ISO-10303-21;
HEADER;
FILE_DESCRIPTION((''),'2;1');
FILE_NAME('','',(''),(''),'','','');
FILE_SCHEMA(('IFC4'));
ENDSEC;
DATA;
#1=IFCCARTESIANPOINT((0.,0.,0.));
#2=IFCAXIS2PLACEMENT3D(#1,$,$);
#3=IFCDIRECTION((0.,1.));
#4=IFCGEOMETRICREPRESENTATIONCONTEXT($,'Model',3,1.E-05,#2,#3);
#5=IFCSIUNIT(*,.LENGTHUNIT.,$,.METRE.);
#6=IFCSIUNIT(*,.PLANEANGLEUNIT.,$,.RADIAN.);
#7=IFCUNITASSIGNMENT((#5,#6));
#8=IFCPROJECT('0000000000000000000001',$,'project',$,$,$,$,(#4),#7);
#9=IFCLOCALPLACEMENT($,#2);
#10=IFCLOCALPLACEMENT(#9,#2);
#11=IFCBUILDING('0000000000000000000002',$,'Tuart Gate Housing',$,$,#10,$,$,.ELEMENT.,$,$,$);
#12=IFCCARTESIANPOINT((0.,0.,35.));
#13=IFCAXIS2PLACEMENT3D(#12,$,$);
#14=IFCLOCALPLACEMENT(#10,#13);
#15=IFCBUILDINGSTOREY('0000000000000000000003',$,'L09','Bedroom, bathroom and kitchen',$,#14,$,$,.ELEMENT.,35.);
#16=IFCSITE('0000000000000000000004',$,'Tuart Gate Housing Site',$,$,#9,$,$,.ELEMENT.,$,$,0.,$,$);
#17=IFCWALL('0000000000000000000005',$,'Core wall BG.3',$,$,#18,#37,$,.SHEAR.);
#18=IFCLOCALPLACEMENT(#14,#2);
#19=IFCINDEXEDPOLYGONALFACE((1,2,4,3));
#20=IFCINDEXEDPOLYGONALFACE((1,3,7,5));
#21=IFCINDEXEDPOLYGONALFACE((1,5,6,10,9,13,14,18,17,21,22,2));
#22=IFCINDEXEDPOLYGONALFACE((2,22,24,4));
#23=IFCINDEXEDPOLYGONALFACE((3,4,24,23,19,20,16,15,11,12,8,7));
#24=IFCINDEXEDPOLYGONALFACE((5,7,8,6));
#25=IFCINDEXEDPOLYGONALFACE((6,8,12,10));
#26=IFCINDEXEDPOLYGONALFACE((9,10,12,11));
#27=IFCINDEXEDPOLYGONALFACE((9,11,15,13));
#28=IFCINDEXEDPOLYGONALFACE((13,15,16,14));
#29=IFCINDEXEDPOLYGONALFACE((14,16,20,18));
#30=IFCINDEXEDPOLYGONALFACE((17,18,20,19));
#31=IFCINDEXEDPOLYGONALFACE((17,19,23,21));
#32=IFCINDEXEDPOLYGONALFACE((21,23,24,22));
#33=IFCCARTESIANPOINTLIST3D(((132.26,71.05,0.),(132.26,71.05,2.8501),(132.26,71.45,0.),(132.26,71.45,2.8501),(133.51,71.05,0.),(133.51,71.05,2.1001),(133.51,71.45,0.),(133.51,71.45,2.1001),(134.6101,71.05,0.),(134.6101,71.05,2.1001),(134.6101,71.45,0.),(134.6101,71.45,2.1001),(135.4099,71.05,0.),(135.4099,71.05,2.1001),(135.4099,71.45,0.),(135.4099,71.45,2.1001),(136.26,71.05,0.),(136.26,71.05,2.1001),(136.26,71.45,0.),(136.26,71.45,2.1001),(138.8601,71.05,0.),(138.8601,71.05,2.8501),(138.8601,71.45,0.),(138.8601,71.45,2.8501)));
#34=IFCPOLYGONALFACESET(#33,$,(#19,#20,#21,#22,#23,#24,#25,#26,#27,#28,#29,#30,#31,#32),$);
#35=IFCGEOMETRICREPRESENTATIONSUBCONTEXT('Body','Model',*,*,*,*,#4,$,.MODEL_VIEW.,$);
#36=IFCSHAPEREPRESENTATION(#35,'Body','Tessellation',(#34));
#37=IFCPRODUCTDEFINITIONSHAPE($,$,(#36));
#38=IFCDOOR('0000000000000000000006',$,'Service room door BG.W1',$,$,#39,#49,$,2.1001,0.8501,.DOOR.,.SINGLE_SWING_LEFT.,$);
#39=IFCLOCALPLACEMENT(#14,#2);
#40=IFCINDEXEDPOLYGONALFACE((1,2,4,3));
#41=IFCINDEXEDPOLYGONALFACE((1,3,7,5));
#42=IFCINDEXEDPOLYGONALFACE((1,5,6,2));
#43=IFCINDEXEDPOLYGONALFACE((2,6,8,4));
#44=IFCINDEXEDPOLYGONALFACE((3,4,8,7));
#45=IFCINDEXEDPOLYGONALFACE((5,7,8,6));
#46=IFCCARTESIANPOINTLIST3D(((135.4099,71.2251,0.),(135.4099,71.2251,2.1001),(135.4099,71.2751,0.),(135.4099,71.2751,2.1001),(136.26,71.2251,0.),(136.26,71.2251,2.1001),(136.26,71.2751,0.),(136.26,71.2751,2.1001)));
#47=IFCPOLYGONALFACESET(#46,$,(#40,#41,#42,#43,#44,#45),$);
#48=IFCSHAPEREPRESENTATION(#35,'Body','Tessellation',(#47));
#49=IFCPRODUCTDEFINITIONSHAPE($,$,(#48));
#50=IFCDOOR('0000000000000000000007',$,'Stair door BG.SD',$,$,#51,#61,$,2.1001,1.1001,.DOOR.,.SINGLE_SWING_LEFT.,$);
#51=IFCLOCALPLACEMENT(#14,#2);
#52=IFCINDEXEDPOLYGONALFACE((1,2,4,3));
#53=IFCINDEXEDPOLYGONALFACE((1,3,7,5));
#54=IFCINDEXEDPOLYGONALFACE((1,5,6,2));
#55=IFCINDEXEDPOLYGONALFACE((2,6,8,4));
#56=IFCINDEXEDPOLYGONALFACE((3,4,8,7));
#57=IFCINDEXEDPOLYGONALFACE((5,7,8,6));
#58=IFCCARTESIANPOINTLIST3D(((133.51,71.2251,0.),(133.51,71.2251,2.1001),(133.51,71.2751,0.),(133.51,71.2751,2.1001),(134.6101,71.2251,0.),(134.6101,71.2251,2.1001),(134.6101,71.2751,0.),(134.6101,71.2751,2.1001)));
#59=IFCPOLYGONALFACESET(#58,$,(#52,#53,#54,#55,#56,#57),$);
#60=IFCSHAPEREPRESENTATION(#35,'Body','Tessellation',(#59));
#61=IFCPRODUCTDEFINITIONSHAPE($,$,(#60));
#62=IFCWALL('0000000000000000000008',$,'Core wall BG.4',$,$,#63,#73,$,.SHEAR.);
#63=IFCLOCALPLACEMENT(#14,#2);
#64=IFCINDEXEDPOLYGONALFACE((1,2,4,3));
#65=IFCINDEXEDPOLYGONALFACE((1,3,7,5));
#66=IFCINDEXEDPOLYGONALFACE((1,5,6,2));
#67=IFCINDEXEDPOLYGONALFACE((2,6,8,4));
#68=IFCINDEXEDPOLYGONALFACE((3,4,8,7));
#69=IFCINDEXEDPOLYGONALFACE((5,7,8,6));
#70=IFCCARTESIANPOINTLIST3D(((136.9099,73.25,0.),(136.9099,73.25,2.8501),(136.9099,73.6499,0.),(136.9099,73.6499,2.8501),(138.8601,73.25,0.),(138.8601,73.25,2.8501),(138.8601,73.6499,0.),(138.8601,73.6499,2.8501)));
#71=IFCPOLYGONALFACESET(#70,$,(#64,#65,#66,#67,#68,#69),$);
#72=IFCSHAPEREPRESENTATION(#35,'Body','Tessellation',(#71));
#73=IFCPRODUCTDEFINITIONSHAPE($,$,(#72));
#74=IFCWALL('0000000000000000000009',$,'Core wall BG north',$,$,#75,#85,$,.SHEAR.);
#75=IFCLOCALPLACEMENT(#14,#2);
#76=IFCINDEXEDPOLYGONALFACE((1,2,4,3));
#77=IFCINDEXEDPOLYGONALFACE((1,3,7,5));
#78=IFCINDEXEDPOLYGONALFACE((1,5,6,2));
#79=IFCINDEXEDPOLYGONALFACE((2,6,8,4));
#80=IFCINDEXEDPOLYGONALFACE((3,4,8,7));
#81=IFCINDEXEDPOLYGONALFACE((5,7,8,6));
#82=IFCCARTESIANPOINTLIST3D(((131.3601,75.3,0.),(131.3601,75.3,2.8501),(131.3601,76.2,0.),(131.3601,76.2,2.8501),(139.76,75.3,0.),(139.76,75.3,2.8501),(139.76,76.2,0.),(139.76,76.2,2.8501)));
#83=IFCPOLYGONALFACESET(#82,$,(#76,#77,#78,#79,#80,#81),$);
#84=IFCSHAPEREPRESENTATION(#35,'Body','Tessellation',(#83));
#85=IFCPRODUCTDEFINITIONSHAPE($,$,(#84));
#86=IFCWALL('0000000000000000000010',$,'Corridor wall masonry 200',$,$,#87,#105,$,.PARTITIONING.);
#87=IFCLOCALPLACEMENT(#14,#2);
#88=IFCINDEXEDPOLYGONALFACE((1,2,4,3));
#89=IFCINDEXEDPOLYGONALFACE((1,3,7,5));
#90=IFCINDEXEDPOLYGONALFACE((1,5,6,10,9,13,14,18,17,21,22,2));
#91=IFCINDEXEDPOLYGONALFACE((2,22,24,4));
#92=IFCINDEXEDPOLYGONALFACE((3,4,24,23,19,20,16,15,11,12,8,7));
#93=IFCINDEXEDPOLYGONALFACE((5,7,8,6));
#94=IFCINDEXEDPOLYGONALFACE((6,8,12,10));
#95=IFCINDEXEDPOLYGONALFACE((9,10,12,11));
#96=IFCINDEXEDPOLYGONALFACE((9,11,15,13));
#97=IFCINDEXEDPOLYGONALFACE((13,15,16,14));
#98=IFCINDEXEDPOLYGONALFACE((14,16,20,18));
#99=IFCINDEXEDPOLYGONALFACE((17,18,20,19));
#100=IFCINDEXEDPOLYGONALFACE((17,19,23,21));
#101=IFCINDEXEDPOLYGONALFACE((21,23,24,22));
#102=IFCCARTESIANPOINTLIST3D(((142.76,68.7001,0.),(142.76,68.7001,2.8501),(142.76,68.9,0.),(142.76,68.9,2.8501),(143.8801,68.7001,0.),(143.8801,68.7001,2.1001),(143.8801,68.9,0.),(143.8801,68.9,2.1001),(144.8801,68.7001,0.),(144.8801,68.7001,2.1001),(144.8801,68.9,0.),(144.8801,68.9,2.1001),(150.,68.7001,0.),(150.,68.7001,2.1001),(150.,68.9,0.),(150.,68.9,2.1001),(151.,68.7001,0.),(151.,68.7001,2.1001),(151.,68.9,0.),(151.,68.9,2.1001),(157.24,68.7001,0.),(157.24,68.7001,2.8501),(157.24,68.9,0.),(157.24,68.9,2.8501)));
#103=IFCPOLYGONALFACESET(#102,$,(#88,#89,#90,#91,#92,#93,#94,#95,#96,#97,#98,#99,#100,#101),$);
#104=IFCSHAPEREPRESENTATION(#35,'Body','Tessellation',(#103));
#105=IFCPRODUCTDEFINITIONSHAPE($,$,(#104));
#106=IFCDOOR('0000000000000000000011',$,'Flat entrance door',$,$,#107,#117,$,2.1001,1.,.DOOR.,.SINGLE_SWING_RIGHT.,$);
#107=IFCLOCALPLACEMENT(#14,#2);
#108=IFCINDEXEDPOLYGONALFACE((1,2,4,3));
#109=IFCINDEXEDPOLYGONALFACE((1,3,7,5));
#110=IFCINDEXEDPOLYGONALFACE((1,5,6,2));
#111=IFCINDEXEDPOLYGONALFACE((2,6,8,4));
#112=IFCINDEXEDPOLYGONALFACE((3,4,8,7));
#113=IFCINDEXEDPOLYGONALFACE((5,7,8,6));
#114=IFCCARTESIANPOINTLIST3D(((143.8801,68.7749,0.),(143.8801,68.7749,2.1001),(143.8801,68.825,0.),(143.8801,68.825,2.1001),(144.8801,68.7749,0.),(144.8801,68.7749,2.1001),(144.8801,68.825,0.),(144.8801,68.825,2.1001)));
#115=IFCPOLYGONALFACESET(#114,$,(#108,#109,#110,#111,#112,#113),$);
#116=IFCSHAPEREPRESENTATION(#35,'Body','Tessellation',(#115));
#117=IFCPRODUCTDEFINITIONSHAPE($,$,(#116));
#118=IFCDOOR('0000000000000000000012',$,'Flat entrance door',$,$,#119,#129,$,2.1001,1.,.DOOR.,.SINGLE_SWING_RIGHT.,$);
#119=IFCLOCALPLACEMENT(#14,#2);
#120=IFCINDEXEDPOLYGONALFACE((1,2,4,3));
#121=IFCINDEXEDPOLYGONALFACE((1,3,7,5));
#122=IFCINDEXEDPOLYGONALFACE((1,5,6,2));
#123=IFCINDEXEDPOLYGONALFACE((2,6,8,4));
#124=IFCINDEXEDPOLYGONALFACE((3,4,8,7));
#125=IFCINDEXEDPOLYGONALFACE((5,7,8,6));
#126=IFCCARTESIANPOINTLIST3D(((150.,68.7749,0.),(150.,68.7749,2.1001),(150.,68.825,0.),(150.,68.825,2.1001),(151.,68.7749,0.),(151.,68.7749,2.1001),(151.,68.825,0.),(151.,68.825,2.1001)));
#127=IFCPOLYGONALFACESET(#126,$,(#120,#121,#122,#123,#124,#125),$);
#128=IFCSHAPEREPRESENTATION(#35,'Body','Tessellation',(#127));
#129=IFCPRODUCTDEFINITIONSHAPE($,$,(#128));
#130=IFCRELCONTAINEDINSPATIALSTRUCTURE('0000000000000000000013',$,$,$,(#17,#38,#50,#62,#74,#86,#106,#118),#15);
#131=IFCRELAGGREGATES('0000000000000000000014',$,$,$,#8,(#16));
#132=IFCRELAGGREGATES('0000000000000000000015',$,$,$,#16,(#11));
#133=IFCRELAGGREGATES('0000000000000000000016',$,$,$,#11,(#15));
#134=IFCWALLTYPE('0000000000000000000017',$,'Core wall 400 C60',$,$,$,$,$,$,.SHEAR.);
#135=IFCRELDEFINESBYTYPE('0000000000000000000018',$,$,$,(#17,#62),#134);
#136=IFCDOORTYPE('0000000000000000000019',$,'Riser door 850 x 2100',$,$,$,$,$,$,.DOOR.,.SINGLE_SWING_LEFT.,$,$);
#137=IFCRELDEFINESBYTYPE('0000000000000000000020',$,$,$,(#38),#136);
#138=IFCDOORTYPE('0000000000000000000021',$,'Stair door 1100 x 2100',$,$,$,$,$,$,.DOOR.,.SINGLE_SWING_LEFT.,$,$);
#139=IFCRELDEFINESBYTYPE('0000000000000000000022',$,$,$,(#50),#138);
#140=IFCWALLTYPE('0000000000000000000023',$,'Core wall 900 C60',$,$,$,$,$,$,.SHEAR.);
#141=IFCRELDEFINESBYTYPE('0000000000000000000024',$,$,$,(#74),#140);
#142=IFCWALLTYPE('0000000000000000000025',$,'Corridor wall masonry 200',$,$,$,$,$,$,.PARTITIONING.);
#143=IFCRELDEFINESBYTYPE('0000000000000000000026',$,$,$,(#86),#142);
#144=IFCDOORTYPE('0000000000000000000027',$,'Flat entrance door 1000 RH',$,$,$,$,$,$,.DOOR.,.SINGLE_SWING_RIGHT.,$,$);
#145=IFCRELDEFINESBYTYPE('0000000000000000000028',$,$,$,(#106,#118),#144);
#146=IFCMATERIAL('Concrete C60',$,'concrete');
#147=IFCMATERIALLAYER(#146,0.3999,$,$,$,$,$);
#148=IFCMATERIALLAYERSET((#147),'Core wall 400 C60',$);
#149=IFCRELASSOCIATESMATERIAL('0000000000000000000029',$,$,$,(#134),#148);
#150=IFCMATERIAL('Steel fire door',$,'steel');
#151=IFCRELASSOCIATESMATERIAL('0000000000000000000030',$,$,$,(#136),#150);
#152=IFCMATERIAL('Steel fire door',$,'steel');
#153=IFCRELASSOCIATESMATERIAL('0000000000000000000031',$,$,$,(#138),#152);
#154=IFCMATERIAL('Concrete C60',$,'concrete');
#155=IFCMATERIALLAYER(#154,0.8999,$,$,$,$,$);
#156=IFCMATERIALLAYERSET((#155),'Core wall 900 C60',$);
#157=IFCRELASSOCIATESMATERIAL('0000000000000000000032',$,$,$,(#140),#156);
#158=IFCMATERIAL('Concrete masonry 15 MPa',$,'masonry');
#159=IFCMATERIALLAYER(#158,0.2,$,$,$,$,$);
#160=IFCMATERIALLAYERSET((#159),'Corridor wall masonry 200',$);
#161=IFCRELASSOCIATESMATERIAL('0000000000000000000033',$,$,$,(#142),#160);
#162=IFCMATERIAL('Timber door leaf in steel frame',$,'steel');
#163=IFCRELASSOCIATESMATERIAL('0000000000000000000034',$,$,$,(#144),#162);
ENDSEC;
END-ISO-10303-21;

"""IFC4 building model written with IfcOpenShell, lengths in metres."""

from ifc_helpers import new_model, si_unit, direction, frame, frame_2d, origin, place, context, subcontext, project, spatial, rectangle, extrude, material, layer, layer_set, type_object, element, fill, save


model = new_model("IFC4")

# Units and contexts
model_context = context("Model", 3, precision=1e-05, world=origin(), true_north=direction((0.0, 1.0)))
body_context = subcontext(model_context, "Body", "Model", "MODEL_VIEW")
ifc_project = project(units=[si_unit("LENGTHUNIT", "METRE"), si_unit("PLANEANGLEUNIT", "RADIAN")], contexts=[model_context])

# Site, building, storey
site_placement = place(None, origin())
site = spatial("IfcSite", under=ifc_project, at=site_placement, Name="Tuart Gate Housing Site", CompositionType="ELEMENT", RefElevation=0.0)
building_placement = place(site_placement, origin())
building = spatial("IfcBuilding", under=site, at=building_placement, Name="Tuart Gate Housing", CompositionType="ELEMENT")
storey_placement = place(building_placement, frame((0.0, 0.0, 35.0)))
storey = spatial("IfcBuildingStorey", under=building, at=storey_placement, Name="L09", Description="Bedroom, bathroom and kitchen", CompositionType="ELEMENT", Elevation=35.0)

# Wall, openings, doors
ifc_material_1 = material(Name="Concrete C60", Category="concrete")
ifc_layer_1 = layer(ifc_material_1, 0.3999)
ifc_layer_set_1 = layer_set([ifc_layer_1], Name="Core wall 400 C60")
wall_type_1 = type_object("IfcWallType", Name="Core wall 400 C60", PredefinedType="SHEAR", material=ifc_layer_set_1)
wall_1_placement = place(storey_placement, frame((138.8601, 71.25, 0.0), z_axis=(0.0, 0.0, 1.0), x_axis=(-1.0, 0.0, 0.0)))
wall_1 = element("IfcWall", 1, at=wall_1_placement, inside=storey, type_object=wall_type_1, Name="Core wall BG.3", PredefinedType="SHEAR", context=body_context, shape_type="SweptSolid", body=[
    extrude(rectangle(XDim=6.6001, YDim=0.3999, at=frame_2d((3.3, 0.0))), origin(), (0.0, 0.0, 1.0), 2.8501),
])
opening_1_placement = place(wall_1_placement, frame((4.25, 0.0, 0.0)))
opening_1 = element("IfcOpeningElement", 2, at=opening_1_placement, cuts=wall_1, PredefinedType="OPENING", context=body_context, shape_type="SweptSolid", body=[
    extrude(rectangle(XDim=1.1001, YDim=2.1001, at=frame_2d((0.55, 1.05))), frame((0.0, 0.21, 0.0), z_axis=(0.0, -1.0, 0.0), x_axis=(1.0, 0.0, 0.0)), (0.0, 0.0, 1.0), 0.4199),
])
opening_2_placement = place(wall_1_placement, frame((2.6001, 0.0, 0.0)))
opening_2 = element("IfcOpeningElement", 3, at=opening_2_placement, cuts=wall_1, PredefinedType="OPENING", context=body_context, shape_type="SweptSolid", body=[
    extrude(rectangle(XDim=0.8501, YDim=2.1001, at=frame_2d((0.425, 1.05))), frame((0.0, 0.21, 0.0), z_axis=(0.0, -1.0, 0.0), x_axis=(1.0, 0.0, 0.0)), (0.0, 0.0, 1.0), 0.4199),
])
ifc_material_2 = material(Name="Steel fire door", Category="steel")
door_type_1 = type_object("IfcDoorType", Name="Riser door 850 x 2100", OperationType="SINGLE_SWING_LEFT", PredefinedType="DOOR", material=ifc_material_2)
door_1_placement = place(opening_2_placement, origin())
door_1 = element("IfcDoor", 4, at=door_1_placement, inside=storey, type_object=door_type_1, Name="Service room door BG.W1", OperationType="SINGLE_SWING_LEFT", OverallHeight=2.1001, OverallWidth=0.8501, PredefinedType="DOOR", context=body_context, shape_type="SweptSolid", body=[
    extrude(rectangle(XDim=0.8501, YDim=2.1001, at=frame_2d((0.425, 1.05))), frame((0.0, 0.0249, 0.0), z_axis=(0.0, -1.0, 0.0), x_axis=(1.0, 0.0, 0.0)), (0.0, 0.0, 1.0), 0.05),
])
fill(opening_2, door_1)
ifc_material_3 = material(Name="Steel fire door", Category="steel")
door_type_2 = type_object("IfcDoorType", Name="Stair door 1100 x 2100", OperationType="SINGLE_SWING_LEFT", PredefinedType="DOOR", material=ifc_material_3)
door_2_placement = place(opening_1_placement, origin())
door_2 = element("IfcDoor", 5, at=door_2_placement, inside=storey, type_object=door_type_2, Name="Stair door BG.SD", OperationType="SINGLE_SWING_LEFT", OverallHeight=2.1001, OverallWidth=1.1001, PredefinedType="DOOR", context=body_context, shape_type="SweptSolid", body=[
    extrude(rectangle(XDim=1.1001, YDim=2.1001, at=frame_2d((0.55, 1.05))), frame((0.0, 0.0249, 0.0), z_axis=(0.0, -1.0, 0.0), x_axis=(1.0, 0.0, 0.0)), (0.0, 0.0, 1.0), 0.05),
])
fill(opening_1, door_2)

# Walls
wall_2_placement = place(storey_placement, frame((138.8601, 73.45, 0.0), z_axis=(0.0, 0.0, 1.0), x_axis=(-1.0, 0.0, 0.0)))
element("IfcWall", 6, at=wall_2_placement, inside=storey, type_object=wall_type_1, Name="Core wall BG.4", PredefinedType="SHEAR", context=body_context, shape_type="SweptSolid", body=[
    extrude(rectangle(XDim=1.9502, YDim=0.3999, at=frame_2d((0.9751, 0.0))), origin(), (0.0, 0.0, 1.0), 2.8501),
])
ifc_material_4 = material(Name="Concrete C60", Category="concrete")
ifc_layer_2 = layer(ifc_material_4, 0.8999)
ifc_layer_set_2 = layer_set([ifc_layer_2], Name="Core wall 900 C60")
wall_type_2 = type_object("IfcWallType", Name="Core wall 900 C60", PredefinedType="SHEAR", material=ifc_layer_set_2)
wall_3_placement = place(storey_placement, frame((139.76, 75.75, 0.0), z_axis=(0.0, 0.0, 1.0), x_axis=(-1.0, 0.0, 0.0)))
element("IfcWall", 7, at=wall_3_placement, inside=storey, type_object=wall_type_2, Name="Core wall BG north", PredefinedType="SHEAR", context=body_context, shape_type="SweptSolid", body=[
    extrude(rectangle(XDim=8.3999, YDim=0.8999, at=frame_2d((4.2, 0.0))), origin(), (0.0, 0.0, 1.0), 2.8501),
])

# Wall, openings, doors
ifc_material_5 = material(Name="Concrete masonry 15 MPa", Category="masonry")
ifc_layer_3 = layer(ifc_material_5, 0.2)
ifc_layer_set_3 = layer_set([ifc_layer_3], Name="Corridor wall masonry 200")
wall_type_3 = type_object("IfcWallType", Name="Corridor wall masonry 200", PredefinedType="PARTITIONING", material=ifc_layer_set_3)
wall_4_placement = place(storey_placement, frame((142.76, 68.8, 0.0), z_axis=(0.0, 0.0, 1.0), x_axis=(1.0, 0.0, 0.0)))
wall_4 = element("IfcWall", 8, at=wall_4_placement, inside=storey, type_object=wall_type_3, Name="Corridor wall masonry 200", PredefinedType="PARTITIONING", context=body_context, shape_type="SweptSolid", body=[
    extrude(rectangle(XDim=14.48, YDim=0.2, at=frame_2d((7.24, 0.0))), origin(), (0.0, 0.0, 1.0), 2.8501),
])
opening_3_placement = place(wall_4_placement, frame((1.1201, 0.0, 0.0)))
opening_3 = element("IfcOpeningElement", 9, at=opening_3_placement, cuts=wall_4, PredefinedType="OPENING", context=body_context, shape_type="SweptSolid", body=[
    extrude(rectangle(XDim=1.0, YDim=2.1001, at=frame_2d((0.5, 1.05))), frame((0.0, 0.1099, 0.0), z_axis=(0.0, -1.0, 0.0), x_axis=(1.0, 0.0, 0.0)), (0.0, 0.0, 1.0), 0.22),
])
opening_4_placement = place(wall_4_placement, frame((7.24, 0.0, 0.0)))
opening_4 = element("IfcOpeningElement", 10, at=opening_4_placement, cuts=wall_4, PredefinedType="OPENING", context=body_context, shape_type="SweptSolid", body=[
    extrude(rectangle(XDim=1.0, YDim=2.1001, at=frame_2d((0.5, 1.05))), frame((0.0, 0.1099, 0.0), z_axis=(0.0, -1.0, 0.0), x_axis=(1.0, 0.0, 0.0)), (0.0, 0.0, 1.0), 0.22),
])
ifc_material_6 = material(Name="Timber door leaf in steel frame", Category="steel")
door_type_3 = type_object("IfcDoorType", Name="Flat entrance door 1000 RH", OperationType="SINGLE_SWING_RIGHT", PredefinedType="DOOR", material=ifc_material_6)
door_3_placement = place(opening_3_placement, frame((1.0, 0.0, 0.0), z_axis=(0.0, 0.0, 1.0), x_axis=(-1.0, 0.0, 0.0)))
door_3 = element("IfcDoor", 11, at=door_3_placement, inside=storey, type_object=door_type_3, Name="Flat entrance door", OperationType="SINGLE_SWING_RIGHT", OverallHeight=2.1001, OverallWidth=1.0, PredefinedType="DOOR", context=body_context, shape_type="SweptSolid", body=[
    extrude(rectangle(XDim=1.0, YDim=2.1001, at=frame_2d((0.5, 1.05))), frame((0.0, 0.0251, 0.0), z_axis=(0.0, -1.0, 0.0), x_axis=(1.0, 0.0, 0.0)), (0.0, 0.0, 1.0), 0.05),
])
fill(opening_3, door_3)
door_4_placement = place(opening_4_placement, frame((1.0, 0.0, 0.0), z_axis=(0.0, 0.0, 1.0), x_axis=(-1.0, 0.0, 0.0)))
door_4 = element("IfcDoor", 12, at=door_4_placement, inside=storey, type_object=door_type_3, Name="Flat entrance door", OperationType="SINGLE_SWING_RIGHT", OverallHeight=2.1001, OverallWidth=1.0, PredefinedType="DOOR", context=body_context, shape_type="SweptSolid", body=[
    extrude(rectangle(XDim=1.0, YDim=2.1001, at=frame_2d((0.5, 1.05))), frame((0.0, 0.0251, 0.0), z_axis=(0.0, -1.0, 0.0), x_axis=(1.0, 0.0, 0.0)), (0.0, 0.0, 1.0), 0.05),
])
fill(opening_4, door_4)

save(model, "model.ifc")
